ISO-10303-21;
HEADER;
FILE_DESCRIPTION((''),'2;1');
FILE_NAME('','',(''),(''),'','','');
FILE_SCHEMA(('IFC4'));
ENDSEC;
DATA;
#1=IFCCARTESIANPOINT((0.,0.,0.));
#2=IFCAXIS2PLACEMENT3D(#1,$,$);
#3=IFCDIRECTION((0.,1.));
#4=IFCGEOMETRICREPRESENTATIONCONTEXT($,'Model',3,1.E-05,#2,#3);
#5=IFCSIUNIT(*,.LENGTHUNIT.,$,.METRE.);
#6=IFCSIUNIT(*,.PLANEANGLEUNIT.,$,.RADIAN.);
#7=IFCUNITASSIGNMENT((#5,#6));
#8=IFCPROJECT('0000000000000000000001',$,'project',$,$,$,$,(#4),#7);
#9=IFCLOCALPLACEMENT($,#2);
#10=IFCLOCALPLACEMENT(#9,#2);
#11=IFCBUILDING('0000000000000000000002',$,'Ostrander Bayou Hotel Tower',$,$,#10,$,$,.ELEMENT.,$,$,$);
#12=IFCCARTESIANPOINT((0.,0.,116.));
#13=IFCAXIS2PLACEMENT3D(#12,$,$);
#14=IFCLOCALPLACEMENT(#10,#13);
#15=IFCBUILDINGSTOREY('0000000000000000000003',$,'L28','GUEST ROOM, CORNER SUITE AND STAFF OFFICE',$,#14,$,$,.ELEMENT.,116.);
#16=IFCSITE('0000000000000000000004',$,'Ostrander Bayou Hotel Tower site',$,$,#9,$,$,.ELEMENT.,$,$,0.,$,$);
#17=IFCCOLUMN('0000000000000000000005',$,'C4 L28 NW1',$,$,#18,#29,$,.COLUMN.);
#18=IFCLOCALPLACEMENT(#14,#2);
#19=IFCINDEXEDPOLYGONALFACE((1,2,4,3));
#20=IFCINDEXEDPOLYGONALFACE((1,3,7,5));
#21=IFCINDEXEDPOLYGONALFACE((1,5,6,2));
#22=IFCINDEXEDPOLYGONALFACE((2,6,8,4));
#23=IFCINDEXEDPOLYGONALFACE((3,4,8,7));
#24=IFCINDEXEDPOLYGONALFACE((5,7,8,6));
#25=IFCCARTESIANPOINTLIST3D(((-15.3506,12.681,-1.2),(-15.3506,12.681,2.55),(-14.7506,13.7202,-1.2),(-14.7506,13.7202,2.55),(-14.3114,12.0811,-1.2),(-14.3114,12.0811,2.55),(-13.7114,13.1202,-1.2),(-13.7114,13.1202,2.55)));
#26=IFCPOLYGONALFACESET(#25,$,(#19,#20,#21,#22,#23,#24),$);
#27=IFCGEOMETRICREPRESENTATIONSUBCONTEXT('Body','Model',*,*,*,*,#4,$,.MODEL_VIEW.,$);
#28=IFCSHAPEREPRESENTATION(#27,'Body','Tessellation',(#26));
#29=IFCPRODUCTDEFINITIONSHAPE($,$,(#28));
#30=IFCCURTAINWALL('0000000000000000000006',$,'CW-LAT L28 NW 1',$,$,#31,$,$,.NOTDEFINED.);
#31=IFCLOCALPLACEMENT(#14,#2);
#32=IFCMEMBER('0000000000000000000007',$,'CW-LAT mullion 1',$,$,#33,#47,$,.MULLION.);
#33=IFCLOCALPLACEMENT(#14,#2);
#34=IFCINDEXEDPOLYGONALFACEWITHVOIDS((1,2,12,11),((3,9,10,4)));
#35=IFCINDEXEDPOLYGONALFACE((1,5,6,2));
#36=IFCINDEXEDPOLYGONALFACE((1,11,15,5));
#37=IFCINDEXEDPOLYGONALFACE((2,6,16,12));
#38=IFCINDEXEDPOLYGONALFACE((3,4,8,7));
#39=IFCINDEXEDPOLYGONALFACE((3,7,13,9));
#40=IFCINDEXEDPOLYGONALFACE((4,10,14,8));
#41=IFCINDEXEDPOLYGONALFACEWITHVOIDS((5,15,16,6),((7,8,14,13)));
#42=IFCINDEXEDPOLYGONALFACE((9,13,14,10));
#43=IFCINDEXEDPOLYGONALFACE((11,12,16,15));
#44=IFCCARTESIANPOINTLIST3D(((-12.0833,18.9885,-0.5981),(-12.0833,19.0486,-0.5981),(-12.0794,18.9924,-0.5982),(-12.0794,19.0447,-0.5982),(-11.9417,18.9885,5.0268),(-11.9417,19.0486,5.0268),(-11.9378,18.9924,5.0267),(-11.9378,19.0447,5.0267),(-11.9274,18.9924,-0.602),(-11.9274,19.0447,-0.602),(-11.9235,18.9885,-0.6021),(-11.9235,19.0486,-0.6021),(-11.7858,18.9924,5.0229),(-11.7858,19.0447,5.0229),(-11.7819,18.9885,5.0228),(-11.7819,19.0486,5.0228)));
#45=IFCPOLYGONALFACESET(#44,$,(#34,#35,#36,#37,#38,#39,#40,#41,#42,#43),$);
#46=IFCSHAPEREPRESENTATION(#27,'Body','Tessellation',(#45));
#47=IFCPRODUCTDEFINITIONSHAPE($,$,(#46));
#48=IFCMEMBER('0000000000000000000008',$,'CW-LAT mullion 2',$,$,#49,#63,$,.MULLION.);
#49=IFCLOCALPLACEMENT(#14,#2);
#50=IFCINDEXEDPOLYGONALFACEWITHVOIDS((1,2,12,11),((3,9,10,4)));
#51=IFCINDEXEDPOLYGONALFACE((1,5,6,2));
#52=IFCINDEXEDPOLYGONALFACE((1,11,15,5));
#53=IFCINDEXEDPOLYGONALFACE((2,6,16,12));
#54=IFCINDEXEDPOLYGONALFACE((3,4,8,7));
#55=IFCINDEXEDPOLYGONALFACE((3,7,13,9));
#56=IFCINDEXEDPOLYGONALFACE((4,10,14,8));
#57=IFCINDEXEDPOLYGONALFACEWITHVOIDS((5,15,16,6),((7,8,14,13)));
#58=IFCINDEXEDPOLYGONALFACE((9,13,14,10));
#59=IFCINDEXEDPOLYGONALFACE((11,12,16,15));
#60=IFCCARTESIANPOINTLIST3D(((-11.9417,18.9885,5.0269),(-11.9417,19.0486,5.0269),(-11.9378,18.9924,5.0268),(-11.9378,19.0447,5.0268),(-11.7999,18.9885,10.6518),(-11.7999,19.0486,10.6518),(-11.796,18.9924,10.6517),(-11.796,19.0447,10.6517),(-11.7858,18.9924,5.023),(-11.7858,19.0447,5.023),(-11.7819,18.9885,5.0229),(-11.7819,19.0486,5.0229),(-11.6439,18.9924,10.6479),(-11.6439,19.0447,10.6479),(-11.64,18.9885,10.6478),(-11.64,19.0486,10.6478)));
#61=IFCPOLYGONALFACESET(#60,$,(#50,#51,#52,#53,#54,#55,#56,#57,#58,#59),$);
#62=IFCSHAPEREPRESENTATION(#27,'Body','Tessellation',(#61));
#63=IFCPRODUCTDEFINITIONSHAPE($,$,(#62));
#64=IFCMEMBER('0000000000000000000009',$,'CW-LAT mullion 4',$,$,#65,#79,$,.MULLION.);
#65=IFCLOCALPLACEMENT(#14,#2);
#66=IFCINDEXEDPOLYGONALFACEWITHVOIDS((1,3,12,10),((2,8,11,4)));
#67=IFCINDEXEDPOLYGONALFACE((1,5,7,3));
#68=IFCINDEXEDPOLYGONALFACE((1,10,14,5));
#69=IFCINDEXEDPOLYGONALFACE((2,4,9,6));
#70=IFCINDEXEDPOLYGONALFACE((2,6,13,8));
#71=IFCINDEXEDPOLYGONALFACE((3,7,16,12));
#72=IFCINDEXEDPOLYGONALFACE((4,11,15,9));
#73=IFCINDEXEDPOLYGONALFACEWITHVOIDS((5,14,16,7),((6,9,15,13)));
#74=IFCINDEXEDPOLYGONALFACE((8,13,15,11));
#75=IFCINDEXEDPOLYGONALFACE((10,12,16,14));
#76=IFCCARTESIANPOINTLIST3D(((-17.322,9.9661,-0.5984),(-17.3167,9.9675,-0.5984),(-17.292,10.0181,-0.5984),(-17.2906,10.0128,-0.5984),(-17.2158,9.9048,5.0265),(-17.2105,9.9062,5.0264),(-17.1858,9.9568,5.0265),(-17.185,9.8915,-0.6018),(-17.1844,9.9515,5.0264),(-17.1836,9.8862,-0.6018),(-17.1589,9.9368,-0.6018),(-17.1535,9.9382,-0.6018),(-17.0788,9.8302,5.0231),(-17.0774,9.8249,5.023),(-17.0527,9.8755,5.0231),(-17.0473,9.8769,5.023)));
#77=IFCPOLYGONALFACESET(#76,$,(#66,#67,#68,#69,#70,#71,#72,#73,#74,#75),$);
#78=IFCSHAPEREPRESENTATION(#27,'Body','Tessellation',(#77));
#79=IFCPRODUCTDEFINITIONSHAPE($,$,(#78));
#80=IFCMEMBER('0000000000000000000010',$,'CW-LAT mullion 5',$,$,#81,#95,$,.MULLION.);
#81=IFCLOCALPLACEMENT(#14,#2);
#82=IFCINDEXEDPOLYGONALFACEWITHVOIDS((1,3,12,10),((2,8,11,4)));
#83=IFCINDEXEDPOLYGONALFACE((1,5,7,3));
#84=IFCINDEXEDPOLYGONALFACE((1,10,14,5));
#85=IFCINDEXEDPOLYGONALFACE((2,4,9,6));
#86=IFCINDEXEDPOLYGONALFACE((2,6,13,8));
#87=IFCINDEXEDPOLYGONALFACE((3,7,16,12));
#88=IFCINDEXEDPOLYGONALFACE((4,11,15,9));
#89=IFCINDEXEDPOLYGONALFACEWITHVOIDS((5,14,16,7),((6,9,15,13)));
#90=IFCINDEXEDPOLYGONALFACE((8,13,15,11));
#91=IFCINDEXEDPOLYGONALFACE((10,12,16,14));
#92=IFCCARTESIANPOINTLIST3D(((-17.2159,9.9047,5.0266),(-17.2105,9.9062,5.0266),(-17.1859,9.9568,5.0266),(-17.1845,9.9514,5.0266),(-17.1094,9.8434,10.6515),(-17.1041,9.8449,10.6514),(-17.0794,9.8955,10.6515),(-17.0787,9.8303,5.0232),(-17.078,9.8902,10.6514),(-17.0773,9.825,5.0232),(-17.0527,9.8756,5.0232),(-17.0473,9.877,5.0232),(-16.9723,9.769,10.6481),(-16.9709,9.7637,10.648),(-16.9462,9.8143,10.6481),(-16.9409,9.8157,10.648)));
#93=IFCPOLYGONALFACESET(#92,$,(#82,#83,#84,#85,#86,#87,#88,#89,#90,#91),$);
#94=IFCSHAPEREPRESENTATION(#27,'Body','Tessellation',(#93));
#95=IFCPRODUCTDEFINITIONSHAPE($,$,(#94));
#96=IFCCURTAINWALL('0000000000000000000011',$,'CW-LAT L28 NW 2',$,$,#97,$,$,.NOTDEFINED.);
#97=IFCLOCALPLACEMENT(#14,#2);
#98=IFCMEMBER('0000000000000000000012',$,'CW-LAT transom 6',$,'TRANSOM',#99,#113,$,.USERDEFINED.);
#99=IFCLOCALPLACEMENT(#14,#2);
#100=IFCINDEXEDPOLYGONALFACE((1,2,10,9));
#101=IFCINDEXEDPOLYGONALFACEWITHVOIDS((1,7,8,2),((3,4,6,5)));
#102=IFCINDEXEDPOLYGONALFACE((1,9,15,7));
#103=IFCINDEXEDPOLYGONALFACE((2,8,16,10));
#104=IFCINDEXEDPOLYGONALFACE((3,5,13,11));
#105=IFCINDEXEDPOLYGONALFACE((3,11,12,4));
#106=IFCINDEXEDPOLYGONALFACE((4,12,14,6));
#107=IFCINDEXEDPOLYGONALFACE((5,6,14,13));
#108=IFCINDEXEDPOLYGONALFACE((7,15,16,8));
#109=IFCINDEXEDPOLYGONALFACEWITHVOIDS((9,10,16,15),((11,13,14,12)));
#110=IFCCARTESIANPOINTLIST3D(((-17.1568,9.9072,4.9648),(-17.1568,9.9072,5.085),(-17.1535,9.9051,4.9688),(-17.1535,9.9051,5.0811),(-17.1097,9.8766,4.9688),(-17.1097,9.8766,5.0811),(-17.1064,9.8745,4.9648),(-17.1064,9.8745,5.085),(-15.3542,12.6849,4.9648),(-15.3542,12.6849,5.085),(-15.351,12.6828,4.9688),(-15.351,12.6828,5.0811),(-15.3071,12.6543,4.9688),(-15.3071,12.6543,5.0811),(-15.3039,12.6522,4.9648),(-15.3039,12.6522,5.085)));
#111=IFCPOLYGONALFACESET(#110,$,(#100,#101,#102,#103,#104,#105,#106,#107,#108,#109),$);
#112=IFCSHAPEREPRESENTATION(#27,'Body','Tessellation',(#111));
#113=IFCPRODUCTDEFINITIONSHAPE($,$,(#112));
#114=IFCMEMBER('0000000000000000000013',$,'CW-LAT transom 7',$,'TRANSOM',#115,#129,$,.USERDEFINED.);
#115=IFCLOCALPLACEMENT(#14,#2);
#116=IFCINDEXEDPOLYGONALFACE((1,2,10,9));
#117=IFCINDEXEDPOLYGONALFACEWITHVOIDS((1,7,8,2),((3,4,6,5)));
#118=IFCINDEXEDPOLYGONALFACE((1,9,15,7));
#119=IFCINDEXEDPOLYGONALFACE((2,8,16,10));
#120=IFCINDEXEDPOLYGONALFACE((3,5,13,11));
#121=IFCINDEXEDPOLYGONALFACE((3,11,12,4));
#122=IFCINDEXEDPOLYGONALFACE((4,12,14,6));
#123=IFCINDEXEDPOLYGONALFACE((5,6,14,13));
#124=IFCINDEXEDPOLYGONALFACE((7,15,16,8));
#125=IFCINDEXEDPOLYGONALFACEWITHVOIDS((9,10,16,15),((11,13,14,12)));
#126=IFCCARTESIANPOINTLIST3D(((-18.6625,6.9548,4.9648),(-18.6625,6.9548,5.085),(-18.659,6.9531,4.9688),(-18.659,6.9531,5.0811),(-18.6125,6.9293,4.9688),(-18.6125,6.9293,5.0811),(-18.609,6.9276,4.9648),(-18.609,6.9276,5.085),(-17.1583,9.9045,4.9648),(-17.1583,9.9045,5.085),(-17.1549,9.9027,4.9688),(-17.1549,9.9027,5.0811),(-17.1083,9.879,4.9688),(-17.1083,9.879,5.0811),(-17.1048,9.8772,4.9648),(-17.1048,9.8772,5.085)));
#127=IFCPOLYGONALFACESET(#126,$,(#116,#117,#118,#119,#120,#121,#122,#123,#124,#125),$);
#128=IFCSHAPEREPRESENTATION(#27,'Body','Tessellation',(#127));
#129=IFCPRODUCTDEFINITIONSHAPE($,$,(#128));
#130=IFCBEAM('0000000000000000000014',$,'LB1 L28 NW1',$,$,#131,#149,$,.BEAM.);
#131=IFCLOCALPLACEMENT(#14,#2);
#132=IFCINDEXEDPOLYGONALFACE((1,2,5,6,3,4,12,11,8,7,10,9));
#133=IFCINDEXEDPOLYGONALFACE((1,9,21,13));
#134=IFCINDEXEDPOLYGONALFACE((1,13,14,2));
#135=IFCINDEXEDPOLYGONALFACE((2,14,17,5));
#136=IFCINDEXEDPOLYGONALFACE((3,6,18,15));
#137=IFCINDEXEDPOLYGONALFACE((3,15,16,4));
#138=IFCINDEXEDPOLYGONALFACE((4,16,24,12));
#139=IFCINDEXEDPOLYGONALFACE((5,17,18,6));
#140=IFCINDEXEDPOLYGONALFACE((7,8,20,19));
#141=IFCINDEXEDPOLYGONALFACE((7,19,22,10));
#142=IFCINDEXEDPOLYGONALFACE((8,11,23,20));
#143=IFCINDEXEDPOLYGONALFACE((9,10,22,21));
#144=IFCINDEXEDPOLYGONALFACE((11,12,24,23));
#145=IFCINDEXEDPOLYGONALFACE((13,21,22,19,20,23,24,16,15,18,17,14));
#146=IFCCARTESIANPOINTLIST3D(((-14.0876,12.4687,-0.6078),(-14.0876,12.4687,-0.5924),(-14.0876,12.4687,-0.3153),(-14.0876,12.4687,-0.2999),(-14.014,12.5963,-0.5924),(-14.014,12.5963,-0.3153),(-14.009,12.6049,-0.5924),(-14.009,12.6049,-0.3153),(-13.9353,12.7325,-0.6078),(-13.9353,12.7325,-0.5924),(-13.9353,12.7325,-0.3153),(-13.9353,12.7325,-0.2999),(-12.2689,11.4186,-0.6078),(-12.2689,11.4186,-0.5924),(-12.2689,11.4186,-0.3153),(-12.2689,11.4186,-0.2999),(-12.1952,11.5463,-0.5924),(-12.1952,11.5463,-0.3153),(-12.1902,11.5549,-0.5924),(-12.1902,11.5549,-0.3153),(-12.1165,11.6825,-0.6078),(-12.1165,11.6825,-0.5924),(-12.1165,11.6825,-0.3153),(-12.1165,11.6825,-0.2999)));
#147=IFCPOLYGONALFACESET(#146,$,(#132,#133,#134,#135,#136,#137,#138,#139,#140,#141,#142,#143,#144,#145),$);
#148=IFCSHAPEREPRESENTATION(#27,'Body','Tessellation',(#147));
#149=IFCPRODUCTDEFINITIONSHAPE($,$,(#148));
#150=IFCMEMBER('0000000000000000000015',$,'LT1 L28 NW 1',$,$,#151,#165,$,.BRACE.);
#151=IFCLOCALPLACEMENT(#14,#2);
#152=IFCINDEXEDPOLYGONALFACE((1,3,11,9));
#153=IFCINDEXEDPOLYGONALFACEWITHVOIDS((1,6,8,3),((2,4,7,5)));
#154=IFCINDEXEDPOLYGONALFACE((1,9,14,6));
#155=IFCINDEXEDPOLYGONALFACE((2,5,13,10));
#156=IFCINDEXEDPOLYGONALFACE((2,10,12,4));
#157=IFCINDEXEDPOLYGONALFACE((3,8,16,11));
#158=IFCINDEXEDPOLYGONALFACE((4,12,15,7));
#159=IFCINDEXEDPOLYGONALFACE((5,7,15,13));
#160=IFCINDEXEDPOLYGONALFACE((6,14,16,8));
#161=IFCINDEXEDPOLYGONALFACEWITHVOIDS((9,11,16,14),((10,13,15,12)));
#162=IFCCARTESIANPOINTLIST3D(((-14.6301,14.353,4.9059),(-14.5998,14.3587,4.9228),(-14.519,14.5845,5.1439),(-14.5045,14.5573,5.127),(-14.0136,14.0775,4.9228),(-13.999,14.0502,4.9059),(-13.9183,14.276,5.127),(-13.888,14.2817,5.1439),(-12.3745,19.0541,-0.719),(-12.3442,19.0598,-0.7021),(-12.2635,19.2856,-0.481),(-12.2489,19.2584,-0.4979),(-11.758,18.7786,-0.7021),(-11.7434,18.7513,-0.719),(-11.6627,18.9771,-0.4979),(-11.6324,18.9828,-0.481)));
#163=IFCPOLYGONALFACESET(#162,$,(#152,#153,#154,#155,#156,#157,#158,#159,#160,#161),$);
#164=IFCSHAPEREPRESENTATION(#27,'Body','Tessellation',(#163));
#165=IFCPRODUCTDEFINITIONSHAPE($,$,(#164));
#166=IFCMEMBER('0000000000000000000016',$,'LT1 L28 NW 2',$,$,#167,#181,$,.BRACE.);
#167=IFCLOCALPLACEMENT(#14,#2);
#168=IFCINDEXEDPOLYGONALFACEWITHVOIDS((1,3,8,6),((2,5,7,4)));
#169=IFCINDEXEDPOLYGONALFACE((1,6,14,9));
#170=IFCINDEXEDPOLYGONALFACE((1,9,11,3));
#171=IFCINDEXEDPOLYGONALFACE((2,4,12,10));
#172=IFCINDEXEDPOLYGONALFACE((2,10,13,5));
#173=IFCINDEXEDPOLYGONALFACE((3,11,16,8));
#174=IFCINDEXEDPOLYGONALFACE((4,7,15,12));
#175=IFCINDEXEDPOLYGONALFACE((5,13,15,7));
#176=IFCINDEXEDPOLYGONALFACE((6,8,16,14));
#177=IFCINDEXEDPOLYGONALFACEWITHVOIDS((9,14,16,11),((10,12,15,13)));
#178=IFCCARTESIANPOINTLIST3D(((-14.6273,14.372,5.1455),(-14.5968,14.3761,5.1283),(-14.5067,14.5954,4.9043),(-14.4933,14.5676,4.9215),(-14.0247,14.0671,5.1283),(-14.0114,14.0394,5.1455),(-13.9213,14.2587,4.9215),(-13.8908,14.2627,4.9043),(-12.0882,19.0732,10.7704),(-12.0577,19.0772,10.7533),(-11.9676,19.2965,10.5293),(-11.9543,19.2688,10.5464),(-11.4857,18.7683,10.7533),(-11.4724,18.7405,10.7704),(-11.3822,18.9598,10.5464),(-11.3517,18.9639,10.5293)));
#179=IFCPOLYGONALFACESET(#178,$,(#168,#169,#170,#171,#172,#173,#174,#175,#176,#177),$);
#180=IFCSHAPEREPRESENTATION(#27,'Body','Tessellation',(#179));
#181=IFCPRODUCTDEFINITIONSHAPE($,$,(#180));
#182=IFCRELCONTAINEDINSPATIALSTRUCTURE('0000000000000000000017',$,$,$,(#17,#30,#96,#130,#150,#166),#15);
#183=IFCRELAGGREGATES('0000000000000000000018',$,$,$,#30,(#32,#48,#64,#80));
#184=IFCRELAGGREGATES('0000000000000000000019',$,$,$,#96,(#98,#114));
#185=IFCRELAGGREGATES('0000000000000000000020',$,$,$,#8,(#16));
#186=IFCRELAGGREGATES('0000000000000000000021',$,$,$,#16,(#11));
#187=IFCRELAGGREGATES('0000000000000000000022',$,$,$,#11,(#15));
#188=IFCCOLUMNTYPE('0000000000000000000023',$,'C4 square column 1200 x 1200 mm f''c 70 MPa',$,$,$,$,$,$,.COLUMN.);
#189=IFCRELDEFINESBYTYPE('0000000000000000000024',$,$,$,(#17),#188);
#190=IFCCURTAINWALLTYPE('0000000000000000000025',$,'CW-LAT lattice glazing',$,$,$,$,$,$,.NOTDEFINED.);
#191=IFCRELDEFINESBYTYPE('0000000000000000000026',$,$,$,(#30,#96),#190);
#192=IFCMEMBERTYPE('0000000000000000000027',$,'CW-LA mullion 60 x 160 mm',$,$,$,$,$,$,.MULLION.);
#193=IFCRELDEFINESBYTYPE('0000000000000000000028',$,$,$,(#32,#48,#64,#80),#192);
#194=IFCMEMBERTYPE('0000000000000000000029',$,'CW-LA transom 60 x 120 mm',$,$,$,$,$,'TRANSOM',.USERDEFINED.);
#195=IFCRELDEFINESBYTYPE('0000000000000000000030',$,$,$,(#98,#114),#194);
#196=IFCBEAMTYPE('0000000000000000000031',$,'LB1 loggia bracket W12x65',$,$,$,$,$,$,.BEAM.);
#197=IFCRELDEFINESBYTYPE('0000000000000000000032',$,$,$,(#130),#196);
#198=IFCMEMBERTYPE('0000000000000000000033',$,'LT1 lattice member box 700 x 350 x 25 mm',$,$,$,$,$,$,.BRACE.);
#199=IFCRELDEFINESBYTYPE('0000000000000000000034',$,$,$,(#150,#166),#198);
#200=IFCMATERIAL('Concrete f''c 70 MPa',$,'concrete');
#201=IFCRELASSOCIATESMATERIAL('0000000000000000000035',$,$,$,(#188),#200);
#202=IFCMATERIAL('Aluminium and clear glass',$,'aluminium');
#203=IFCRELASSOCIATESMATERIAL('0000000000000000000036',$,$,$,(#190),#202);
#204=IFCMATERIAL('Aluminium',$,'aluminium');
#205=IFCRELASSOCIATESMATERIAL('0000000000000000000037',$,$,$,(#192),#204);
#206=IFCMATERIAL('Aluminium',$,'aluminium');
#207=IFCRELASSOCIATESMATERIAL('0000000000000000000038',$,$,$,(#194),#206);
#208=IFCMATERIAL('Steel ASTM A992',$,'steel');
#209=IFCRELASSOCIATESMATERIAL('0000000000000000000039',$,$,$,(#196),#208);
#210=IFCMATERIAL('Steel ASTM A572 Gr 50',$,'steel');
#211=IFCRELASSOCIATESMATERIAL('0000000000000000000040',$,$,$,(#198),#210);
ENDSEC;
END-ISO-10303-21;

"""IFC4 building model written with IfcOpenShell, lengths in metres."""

from ifc_helpers import new_model, si_unit, direction, frame, origin, origin_2d, place, context, subcontext, project, spatial, rectangle, hollow_rectangle, i_section, extrude, material, material_profile, profile_set, type_object, element, aggregate, save


model = new_model("IFC4")

# Units and contexts
model_context = context("Model", 3, precision=1e-05, world=origin(), true_north=direction((0.0, 1.0)))
body_context = subcontext(model_context, "Body", "Model", "MODEL_VIEW")
ifc_project = project(units=[si_unit("LENGTHUNIT", "METRE"), si_unit("PLANEANGLEUNIT", "RADIAN")], contexts=[model_context])

# Site, building, storey
site_placement = place(None, origin())
site = spatial("IfcSite", under=ifc_project, at=site_placement, Name="Ostrander Bayou Hotel Tower site", CompositionType="ELEMENT", RefElevation=0.0)
building_placement = place(site_placement, origin())
building = spatial("IfcBuilding", under=site, at=building_placement, Name="Ostrander Bayou Hotel Tower", CompositionType="ELEMENT")
storey_placement = place(building_placement, frame((0.0, 0.0, 116.0)))
storey = spatial("IfcBuildingStorey", under=building, at=storey_placement, Name="L28", Description="GUEST ROOM, CORNER SUITE AND STAFF OFFICE", CompositionType="ELEMENT", Elevation=116.0)

# Column
ifc_material_1 = material(Name="Concrete f'c 70 MPa", Category="concrete")
ifc_material_profile_1 = material_profile(ifc_material_1, rectangle(XDim=1.2, YDim=1.2, at=origin_2d()))
ifc_profile_set_1 = profile_set([ifc_material_profile_1], Name="Concrete f'c 70 MPa")
column_type = type_object("IfcColumnType", Name="C4 square column 1200 x 1200 mm f'c 70 MPa", PredefinedType="COLUMN", material=ifc_profile_set_1)
column_placement = place(storey_placement, frame((-14.531, 12.9006, -1.2), z_axis=(0.0, 0.0, 1.0), x_axis=(0.5, 0.866025, 0.0)))
element("IfcColumn", 1, at=column_placement, inside=storey, type_object=column_type, Name="C4 L28 NW1", PredefinedType="COLUMN", context=body_context, shape_type="SweptSolid", body=[
    extrude(rectangle(XDim=1.2, YDim=1.2, at=origin_2d()), origin(), (0.0, 0.0, 1.0), 3.75),
])

# Curtain walls, members
ifc_material_2 = material(Name="Aluminium and clear glass", Category="aluminium")
curtain_wall_type = type_object("IfcCurtainWallType", Name="CW-LAT lattice glazing", PredefinedType="NOTDEFINED", material=ifc_material_2)
curtain_wall_1_placement = place(storey_placement, origin())
curtain_wall_1 = element("IfcCurtainWall", 2, at=curtain_wall_1_placement, inside=storey, type_object=curtain_wall_type, Name="CW-LAT L28 NW 1", PredefinedType="NOTDEFINED")
ifc_material_3 = material(Name="Aluminium", Category="aluminium")
ifc_material_profile_2 = material_profile(ifc_material_3, hollow_rectangle(XDim=0.0601, YDim=0.1599, WallThickness=0.0039, at=origin_2d()))
ifc_profile_set_2 = profile_set([ifc_material_profile_2], Name="Aluminium")
member_type_1 = type_object("IfcMemberType", Name="CW-LA mullion 60 x 160 mm", PredefinedType="MULLION", material=ifc_profile_set_2)
member_1_placement = place(storey_placement, frame((-12.0034, 19.0186, -0.6001), z_axis=(0.025166, 0.0, 0.999683), x_axis=(0.0, 1.0, 0.0)))
member_1 = element("IfcMember", 3, at=member_1_placement, type_object=member_type_1, Name="CW-LAT mullion 1", PredefinedType="MULLION", context=body_context, shape_type="SweptSolid", body=[
    extrude(hollow_rectangle(XDim=0.0601, YDim=0.1599, WallThickness=0.0039, at=origin_2d()), origin(), (0.0, 0.0, 1.0), 5.6267),
])
member_2_placement = place(storey_placement, frame((-11.8618, 19.0186, 5.0249), z_axis=(0.025209, 0.0, 0.999682), x_axis=(0.0, 1.0, 0.0)))
member_2 = element("IfcMember", 4, at=member_2_placement, type_object=member_type_1, Name="CW-LAT mullion 2", PredefinedType="MULLION", context=body_context, shape_type="SweptSolid", body=[
    extrude(hollow_rectangle(XDim=0.0601, YDim=0.1599, WallThickness=0.0039, at=origin_2d()), origin(), (0.0, 0.0, 1.0), 5.6267),
])
member_3_placement = place(storey_placement, frame((-17.2378, 9.9521, -0.6001), z_axis=(0.018876, -0.010892, 0.999763), x_axis=(0.49978, 0.866152, 0.0)))
member_3 = element("IfcMember", 5, at=member_3_placement, type_object=member_type_1, Name="CW-LAT mullion 4", PredefinedType="MULLION", context=body_context, shape_type="SweptSolid", body=[
    extrude(hollow_rectangle(XDim=0.0601, YDim=0.1599, WallThickness=0.0039, at=origin_2d()), origin(), (0.0, 0.0, 1.0), 5.6262),
])
member_4_placement = place(storey_placement, frame((-17.1316, 9.8909, 5.0249), z_axis=(0.018919, -0.010892, 0.999762), x_axis=(0.498919, 0.866649, 0.0)))
member_4 = element("IfcMember", 6, at=member_4_placement, type_object=member_type_1, Name="CW-LAT mullion 5", PredefinedType="MULLION", context=body_context, shape_type="SweptSolid", body=[
    extrude(hollow_rectangle(XDim=0.0601, YDim=0.1599, WallThickness=0.0039, at=origin_2d()), origin(), (0.0, 0.0, 1.0), 5.6262),
])
curtain_wall_2_placement = place(storey_placement, origin())
curtain_wall_2 = element("IfcCurtainWall", 7, at=curtain_wall_2_placement, inside=storey, type_object=curtain_wall_type, Name="CW-LAT L28 NW 2", PredefinedType="NOTDEFINED")
ifc_material_4 = material(Name="Aluminium", Category="aluminium")
ifc_material_profile_3 = material_profile(ifc_material_4, hollow_rectangle(XDim=0.0601, YDim=0.1201, WallThickness=0.0039, at=origin_2d()))
ifc_profile_set_3 = profile_set([ifc_material_profile_3], Name="Aluminium")
member_type_2 = type_object("IfcMemberType", Name="CW-LA transom 60 x 120 mm", ElementType="TRANSOM", PredefinedType="USERDEFINED", material=ifc_profile_set_3)
member_5_placement = place(storey_placement, frame((-17.1316, 9.8909, 5.0249), z_axis=(0.544364, 0.838849, 0.0), x_axis=(-0.838849, 0.544364, 0.0)))
member_5 = element("IfcMember", 8, at=member_5_placement, type_object=member_type_2, Name="CW-LAT transom 6", ObjectType="TRANSOM", PredefinedType="USERDEFINED", context=body_context, shape_type="SweptSolid", body=[
    extrude(hollow_rectangle(XDim=0.0601, YDim=0.1201, WallThickness=0.0039, at=origin_2d()), origin(), (0.0, 0.0, 1.0), 3.3113),
])
member_6_placement = place(storey_placement, frame((-17.1316, 9.8909, 5.0249), z_axis=(-0.454278, -0.89086, 0.0), x_axis=(0.89086, -0.454278, 0.0)))
member_6 = element("IfcMember", 9, at=member_6_placement, type_object=member_type_2, Name="CW-LAT transom 7", ObjectType="TRANSOM", PredefinedType="USERDEFINED", context=body_context, shape_type="SweptSolid", body=[
    extrude(hollow_rectangle(XDim=0.0601, YDim=0.1201, WallThickness=0.0039, at=origin_2d()), origin(), (0.0, 0.0, 1.0), 3.311),
])

# Beam
ifc_material_5 = material(Name="Steel ASTM A992", Category="steel")
ifc_material_profile_4 = material_profile(ifc_material_5, i_section(OverallWidth=0.3047, OverallDepth=0.3079, WebThickness=0.01, FlangeThickness=0.0154, at=origin_2d()))
ifc_profile_set_4 = profile_set([ifc_material_profile_4], Name="Steel ASTM A992")
beam_type_1 = type_object("IfcBeamType", Name="LB1 loggia bracket W12x65", PredefinedType="BEAM", material=ifc_profile_set_4)
beam_1_placement = place(storey_placement, frame((-14.0115, 12.6006, -0.4539), z_axis=(0.866038, -0.499977, 0.0), x_axis=(0.499977, 0.866038, 0.0)))
element("IfcBeam", 10, at=beam_1_placement, inside=storey, type_object=beam_type_1, Name="LB1 L28 NW1", PredefinedType="BEAM", context=body_context, shape_type="SweptSolid", body=[
    extrude(i_section(OverallWidth=0.3047, OverallDepth=0.3079, WebThickness=0.01, FlangeThickness=0.0154, at=origin_2d()), origin(), (0.0, 0.0, 1.0), 2.1001),
])

# Members
ifc_material_6 = material(Name="Steel ASTM A572 Gr 50", Category="steel")
ifc_material_profile_5 = material_profile(ifc_material_6, hollow_rectangle(XDim=0.7, YDim=0.3501, WallThickness=0.0249, at=origin_2d()))
ifc_profile_set_5 = profile_set([ifc_material_profile_5], Name="Steel ASTM A572 Gr 50")
member_type_3 = type_object("IfcMemberType", Name="LT1 lattice member box 700 x 350 x 25 mm", PredefinedType="BRACE", material=ifc_profile_set_5)
member_7_placement = place(storey_placement, frame((-14.259, 14.3174, 5.0249), z_axis=(0.294081, 0.612927, -0.733373), x_axis=(-0.901594, 0.432583, 0.0)))
element("IfcMember", 11, at=member_7_placement, inside=storey, type_object=member_type_3, Name="LT1 L28 NW 1", PredefinedType="BRACE", context=body_context, shape_type="SweptSolid", body=[
    extrude(hollow_rectangle(XDim=0.7, YDim=0.3501, WallThickness=0.0249, at=origin_2d()), origin(), (0.0, 0.0, 1.0), 7.6699),
])
member_8_placement = place(storey_placement, frame((-14.259, 14.3174, 5.0249), z_axis=(0.327278, 0.605968, 0.725046), x_axis=(-0.879872, 0.475211, 0.0)))
element("IfcMember", 12, at=member_8_placement, inside=storey, type_object=member_type_3, Name="LT1 L28 NW 2", PredefinedType="BRACE", context=body_context, shape_type="SweptSolid", body=[
    extrude(hollow_rectangle(XDim=0.7, YDim=0.3501, WallThickness=0.0249, at=origin_2d()), origin(), (0.0, 0.0, 1.0), 7.7581),
])

aggregate(curtain_wall_1, [member_1, member_2, member_3, member_4])
aggregate(curtain_wall_2, [member_5, member_6])

save(model, "model.ifc")
